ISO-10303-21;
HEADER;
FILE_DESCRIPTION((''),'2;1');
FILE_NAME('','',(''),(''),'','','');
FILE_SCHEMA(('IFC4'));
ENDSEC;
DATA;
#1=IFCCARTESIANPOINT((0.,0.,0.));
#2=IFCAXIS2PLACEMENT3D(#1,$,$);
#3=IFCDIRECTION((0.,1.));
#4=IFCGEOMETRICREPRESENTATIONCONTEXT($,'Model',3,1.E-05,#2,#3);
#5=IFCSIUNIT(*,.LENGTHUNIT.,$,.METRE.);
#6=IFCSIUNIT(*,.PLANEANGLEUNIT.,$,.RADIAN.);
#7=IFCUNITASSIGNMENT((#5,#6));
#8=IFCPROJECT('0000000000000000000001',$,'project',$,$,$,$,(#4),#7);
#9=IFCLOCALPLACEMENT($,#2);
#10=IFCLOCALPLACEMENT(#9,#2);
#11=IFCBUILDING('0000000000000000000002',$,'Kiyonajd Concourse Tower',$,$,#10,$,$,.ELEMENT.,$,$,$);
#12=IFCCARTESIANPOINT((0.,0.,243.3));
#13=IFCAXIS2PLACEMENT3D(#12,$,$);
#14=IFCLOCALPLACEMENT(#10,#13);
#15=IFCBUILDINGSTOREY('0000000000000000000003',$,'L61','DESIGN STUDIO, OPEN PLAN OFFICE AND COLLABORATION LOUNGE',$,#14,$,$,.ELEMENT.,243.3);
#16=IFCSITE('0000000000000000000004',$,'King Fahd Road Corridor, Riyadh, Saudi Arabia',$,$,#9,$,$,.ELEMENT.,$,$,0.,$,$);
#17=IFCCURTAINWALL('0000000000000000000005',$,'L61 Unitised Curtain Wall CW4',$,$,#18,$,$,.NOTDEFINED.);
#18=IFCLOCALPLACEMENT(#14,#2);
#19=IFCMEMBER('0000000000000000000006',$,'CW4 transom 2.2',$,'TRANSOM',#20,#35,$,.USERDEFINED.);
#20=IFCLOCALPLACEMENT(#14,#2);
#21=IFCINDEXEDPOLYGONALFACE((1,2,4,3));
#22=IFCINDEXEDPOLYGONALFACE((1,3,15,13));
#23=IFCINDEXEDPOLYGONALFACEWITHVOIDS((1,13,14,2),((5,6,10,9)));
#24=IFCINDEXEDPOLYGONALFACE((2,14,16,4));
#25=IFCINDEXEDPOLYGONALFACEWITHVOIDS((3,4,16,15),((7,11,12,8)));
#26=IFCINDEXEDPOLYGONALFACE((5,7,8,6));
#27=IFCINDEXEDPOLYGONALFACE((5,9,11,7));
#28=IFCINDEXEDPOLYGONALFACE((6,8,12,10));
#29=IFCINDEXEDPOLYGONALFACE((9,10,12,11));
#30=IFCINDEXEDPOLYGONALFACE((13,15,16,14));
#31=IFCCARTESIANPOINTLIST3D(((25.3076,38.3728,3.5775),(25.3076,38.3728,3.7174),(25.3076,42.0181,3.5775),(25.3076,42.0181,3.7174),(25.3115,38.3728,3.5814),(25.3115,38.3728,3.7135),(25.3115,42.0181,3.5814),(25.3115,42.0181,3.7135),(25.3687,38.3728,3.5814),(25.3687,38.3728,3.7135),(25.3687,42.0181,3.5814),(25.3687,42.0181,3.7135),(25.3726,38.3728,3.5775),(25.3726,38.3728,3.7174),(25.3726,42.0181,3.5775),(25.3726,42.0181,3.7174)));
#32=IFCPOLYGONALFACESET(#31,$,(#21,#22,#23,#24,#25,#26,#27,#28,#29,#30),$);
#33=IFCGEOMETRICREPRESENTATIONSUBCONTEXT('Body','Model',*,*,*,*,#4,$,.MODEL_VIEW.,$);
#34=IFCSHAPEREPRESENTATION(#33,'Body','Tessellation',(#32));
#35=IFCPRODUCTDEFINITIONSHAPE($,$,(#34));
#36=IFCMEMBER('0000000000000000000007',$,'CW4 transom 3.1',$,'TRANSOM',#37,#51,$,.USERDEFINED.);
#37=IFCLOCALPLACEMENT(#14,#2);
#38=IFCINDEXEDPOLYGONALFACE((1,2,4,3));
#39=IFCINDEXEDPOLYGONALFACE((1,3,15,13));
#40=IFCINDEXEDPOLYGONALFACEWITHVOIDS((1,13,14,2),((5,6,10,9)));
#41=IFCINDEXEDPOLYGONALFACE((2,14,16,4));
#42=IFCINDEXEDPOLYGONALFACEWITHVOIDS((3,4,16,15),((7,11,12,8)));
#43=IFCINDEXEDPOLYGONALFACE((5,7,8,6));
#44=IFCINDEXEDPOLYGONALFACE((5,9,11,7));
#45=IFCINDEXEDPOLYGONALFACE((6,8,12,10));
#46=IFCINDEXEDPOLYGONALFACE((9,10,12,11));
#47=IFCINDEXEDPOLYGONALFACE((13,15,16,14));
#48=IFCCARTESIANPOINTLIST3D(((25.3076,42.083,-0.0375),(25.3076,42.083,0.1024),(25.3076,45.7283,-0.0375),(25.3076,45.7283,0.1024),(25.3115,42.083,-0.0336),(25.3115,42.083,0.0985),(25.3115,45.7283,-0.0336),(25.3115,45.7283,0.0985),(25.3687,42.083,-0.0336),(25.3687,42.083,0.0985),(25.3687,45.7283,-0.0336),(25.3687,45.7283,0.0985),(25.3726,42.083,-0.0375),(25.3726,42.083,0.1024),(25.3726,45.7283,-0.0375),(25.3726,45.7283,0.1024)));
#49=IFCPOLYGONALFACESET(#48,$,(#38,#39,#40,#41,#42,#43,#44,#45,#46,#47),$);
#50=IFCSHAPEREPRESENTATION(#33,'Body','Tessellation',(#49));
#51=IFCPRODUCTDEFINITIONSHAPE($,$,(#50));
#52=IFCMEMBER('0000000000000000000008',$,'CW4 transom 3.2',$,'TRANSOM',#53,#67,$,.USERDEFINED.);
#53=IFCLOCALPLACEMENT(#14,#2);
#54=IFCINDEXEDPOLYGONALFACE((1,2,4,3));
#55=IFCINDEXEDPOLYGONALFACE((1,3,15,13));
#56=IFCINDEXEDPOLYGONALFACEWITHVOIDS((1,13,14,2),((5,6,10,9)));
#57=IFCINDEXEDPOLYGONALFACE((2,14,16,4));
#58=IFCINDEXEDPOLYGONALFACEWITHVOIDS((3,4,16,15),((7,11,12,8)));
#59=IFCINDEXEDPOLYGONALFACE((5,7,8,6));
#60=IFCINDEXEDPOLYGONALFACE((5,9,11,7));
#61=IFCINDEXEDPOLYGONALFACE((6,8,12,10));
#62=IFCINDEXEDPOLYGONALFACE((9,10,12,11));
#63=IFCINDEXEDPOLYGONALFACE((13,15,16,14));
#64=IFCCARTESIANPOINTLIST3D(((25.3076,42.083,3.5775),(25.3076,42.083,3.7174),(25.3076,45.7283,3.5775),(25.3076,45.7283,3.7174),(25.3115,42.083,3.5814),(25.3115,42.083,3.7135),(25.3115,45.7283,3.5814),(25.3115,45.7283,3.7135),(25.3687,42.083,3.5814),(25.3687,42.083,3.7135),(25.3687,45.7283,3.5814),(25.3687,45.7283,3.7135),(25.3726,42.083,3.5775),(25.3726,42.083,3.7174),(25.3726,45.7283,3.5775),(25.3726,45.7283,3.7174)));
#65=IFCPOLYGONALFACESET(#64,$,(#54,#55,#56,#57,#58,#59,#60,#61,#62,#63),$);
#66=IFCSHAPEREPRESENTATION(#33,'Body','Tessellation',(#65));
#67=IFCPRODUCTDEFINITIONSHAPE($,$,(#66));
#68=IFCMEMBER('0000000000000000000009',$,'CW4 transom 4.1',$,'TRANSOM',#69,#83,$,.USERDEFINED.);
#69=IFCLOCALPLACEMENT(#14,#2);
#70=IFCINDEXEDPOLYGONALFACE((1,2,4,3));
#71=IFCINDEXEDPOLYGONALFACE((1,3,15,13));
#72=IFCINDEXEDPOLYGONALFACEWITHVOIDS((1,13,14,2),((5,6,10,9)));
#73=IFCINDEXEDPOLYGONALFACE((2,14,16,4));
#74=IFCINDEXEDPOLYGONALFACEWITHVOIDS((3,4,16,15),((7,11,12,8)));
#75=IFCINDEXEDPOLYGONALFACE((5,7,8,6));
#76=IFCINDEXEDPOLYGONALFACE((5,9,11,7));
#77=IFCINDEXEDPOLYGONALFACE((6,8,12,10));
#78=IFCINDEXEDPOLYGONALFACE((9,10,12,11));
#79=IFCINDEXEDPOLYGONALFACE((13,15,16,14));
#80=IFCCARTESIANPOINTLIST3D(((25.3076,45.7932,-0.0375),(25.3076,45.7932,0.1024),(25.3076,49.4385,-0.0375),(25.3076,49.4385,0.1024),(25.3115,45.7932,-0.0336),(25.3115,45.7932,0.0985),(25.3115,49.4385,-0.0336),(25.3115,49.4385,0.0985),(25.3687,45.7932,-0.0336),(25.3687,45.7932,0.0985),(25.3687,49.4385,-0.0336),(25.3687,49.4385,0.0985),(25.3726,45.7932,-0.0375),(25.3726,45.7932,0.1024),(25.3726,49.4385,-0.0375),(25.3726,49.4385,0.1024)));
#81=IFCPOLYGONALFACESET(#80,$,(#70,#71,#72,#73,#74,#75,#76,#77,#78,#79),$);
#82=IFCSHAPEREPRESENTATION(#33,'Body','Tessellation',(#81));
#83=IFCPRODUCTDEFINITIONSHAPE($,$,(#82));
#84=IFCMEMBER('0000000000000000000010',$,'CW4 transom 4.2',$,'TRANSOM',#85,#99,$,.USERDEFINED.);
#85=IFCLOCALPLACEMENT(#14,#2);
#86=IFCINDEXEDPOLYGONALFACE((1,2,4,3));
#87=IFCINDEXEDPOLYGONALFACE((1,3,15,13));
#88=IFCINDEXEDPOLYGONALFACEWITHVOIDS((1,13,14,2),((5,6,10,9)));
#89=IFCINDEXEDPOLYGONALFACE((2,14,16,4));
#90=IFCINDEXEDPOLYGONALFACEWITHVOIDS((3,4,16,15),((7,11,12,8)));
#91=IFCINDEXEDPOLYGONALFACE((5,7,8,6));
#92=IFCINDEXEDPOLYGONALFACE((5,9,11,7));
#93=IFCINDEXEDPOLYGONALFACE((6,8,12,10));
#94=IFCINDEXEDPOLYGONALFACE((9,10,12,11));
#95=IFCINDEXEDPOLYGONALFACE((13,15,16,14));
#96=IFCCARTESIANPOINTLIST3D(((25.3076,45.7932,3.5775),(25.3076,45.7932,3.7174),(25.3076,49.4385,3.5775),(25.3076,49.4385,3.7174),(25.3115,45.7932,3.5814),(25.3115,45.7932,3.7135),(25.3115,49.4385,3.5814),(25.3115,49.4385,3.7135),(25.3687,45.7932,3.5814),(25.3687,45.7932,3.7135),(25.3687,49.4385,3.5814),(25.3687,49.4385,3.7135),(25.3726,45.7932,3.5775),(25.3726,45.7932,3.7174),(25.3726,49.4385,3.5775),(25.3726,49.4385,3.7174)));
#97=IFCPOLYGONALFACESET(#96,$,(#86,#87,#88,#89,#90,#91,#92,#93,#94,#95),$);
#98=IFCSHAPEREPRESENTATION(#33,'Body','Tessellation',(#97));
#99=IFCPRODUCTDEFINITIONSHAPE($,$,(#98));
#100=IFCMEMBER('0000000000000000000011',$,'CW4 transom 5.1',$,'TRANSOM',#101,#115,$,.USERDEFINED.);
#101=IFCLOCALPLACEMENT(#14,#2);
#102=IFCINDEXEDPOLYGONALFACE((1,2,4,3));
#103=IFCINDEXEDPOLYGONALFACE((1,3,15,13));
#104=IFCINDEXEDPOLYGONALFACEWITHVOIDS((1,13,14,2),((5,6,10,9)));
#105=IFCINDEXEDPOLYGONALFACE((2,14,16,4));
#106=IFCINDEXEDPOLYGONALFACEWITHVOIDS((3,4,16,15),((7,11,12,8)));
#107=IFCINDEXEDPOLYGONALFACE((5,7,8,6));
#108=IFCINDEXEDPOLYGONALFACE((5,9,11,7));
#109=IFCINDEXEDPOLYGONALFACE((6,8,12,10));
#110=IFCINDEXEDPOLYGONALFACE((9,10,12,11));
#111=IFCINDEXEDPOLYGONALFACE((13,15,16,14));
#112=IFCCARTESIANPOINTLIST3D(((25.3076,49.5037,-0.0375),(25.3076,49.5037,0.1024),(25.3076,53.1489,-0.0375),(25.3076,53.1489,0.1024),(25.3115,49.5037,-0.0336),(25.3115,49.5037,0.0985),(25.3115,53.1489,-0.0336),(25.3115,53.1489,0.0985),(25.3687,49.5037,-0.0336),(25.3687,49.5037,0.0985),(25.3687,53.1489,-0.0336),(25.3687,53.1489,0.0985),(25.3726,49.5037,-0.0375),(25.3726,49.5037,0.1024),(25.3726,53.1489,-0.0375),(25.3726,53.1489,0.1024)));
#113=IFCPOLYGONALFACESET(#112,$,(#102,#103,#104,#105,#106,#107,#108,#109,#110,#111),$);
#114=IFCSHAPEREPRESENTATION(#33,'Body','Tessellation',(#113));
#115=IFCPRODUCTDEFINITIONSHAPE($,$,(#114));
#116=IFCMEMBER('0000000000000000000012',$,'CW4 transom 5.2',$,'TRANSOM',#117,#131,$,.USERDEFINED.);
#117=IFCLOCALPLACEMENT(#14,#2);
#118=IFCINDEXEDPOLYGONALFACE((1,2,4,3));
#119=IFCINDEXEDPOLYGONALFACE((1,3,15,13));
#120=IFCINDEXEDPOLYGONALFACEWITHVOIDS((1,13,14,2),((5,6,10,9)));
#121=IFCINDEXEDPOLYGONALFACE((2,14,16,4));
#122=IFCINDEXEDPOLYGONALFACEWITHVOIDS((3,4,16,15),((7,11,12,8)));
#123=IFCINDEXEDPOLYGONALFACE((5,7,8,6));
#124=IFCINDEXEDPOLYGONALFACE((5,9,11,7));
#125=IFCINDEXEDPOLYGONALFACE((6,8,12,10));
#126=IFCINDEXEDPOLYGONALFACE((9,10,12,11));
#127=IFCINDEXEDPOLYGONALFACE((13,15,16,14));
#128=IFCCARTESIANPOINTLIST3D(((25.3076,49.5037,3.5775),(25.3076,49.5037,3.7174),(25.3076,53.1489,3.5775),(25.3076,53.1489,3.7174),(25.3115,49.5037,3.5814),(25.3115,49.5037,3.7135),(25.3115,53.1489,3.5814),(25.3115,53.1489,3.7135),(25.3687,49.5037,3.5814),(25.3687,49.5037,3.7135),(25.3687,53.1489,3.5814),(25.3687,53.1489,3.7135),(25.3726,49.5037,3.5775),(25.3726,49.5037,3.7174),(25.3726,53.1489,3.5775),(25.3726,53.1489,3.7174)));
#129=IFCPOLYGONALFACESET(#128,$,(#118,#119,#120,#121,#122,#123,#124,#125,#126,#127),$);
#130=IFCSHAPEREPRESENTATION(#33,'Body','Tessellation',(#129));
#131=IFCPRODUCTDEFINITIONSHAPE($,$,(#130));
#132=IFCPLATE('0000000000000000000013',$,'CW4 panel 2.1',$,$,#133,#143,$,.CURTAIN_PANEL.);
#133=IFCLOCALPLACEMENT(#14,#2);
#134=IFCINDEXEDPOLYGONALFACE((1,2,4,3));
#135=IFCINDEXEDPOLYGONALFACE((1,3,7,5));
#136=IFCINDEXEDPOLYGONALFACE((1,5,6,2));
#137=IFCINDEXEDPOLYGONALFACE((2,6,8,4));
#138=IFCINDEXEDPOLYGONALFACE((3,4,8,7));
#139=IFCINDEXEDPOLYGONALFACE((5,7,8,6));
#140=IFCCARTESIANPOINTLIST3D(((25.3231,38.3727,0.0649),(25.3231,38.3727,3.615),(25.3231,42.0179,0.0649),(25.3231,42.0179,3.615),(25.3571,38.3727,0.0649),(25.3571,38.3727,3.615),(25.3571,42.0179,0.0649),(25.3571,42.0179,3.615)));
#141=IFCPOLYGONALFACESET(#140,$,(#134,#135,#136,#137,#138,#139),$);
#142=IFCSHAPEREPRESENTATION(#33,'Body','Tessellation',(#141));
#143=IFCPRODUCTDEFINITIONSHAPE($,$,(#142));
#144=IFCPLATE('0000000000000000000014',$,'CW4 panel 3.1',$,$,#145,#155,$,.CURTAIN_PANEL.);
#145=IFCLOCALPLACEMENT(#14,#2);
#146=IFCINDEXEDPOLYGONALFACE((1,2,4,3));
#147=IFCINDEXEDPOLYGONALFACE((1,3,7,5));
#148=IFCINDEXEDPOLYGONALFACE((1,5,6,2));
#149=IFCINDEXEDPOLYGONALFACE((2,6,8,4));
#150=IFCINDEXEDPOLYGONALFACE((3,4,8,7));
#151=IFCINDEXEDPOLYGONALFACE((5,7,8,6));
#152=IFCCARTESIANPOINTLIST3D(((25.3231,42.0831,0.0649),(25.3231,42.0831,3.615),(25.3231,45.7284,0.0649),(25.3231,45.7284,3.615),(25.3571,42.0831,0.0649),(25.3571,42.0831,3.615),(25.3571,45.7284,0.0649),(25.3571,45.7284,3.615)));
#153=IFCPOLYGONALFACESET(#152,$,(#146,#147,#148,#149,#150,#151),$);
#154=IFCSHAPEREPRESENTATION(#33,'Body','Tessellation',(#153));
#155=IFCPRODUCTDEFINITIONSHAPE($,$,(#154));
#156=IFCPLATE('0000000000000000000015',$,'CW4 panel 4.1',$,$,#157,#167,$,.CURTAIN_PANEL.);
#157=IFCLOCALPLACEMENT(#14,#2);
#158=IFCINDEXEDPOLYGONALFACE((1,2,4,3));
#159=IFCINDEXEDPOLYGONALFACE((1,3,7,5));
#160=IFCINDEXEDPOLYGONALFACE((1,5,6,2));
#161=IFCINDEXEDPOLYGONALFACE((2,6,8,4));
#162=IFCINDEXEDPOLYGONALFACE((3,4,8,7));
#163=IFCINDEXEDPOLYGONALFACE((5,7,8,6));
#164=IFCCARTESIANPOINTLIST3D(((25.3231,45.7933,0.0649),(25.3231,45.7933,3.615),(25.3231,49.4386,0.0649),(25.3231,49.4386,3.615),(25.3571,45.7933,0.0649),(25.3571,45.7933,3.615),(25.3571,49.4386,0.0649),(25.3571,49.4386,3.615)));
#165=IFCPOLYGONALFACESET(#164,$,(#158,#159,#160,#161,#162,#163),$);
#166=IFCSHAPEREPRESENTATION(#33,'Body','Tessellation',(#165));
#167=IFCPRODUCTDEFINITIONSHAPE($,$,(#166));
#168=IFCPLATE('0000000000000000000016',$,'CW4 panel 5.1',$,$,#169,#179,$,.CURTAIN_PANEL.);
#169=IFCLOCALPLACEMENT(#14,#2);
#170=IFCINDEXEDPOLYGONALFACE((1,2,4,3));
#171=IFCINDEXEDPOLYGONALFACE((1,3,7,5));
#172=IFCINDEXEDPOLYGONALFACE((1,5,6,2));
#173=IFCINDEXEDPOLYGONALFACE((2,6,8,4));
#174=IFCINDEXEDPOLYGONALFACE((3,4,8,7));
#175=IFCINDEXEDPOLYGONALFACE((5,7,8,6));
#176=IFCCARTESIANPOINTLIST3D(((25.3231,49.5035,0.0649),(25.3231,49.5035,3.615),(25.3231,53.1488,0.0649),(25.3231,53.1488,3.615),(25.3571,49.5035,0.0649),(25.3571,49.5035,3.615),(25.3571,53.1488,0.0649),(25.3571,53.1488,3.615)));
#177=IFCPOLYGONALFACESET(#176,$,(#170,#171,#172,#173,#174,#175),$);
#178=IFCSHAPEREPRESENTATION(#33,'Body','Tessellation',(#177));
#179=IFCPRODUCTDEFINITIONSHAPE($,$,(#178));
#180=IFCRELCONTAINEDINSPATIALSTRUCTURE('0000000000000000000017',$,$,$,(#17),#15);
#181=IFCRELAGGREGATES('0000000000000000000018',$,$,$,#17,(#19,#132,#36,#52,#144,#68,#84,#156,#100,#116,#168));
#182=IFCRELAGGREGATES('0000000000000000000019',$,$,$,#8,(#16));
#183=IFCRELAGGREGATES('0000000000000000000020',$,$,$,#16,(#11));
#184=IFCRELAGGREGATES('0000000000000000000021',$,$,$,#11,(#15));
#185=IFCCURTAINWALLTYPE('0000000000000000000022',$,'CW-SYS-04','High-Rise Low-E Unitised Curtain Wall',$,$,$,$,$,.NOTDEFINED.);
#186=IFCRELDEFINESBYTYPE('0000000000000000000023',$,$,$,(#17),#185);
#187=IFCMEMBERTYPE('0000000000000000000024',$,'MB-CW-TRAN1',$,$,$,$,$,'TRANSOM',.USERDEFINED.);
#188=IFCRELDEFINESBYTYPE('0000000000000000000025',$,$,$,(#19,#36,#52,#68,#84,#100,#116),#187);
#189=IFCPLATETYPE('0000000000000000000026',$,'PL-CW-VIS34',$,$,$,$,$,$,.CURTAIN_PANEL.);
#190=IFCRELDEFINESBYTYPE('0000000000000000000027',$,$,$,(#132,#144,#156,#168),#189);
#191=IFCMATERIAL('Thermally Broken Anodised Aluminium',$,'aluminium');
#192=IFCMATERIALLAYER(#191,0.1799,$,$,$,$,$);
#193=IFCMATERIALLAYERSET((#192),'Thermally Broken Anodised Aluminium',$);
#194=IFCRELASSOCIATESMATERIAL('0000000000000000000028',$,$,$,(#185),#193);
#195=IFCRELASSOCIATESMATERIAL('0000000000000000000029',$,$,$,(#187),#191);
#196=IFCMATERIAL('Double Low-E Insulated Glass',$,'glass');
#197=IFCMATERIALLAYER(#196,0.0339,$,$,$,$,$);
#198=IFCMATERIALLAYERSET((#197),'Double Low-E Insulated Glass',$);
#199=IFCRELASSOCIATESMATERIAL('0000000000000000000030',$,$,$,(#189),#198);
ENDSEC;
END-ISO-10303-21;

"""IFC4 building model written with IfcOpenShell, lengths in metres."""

from ifc_helpers import new_model, si_unit, direction, frame, origin, origin_2d, place, context, subcontext, project, spatial, rectangle, hollow_rectangle, extrude, material, layer, layer_set, material_profile, profile_set, type_object, element, aggregate, save


model = new_model("IFC4")

# Units and contexts
model_context = context("Model", 3, precision=1e-05, world=origin(), true_north=direction((0.0, 1.0)))
body_context = subcontext(model_context, "Body", "Model", "MODEL_VIEW")
ifc_project = project(units=[si_unit("LENGTHUNIT", "METRE"), si_unit("PLANEANGLEUNIT", "RADIAN")], contexts=[model_context])

# Site, building, storey
site_placement = place(None, origin())
site = spatial("IfcSite", under=ifc_project, at=site_placement, Name="King Fahd Road Corridor, Riyadh, Saudi Arabia", CompositionType="ELEMENT", RefElevation=0.0)
building_placement = place(site_placement, origin())
building = spatial("IfcBuilding", under=site, at=building_placement, Name="Kiyonajd Concourse Tower", CompositionType="ELEMENT")
storey_placement = place(building_placement, frame((0.0, 0.0, 243.3)))
storey = spatial("IfcBuildingStorey", under=building, at=storey_placement, Name="L61", Description="DESIGN STUDIO, OPEN PLAN OFFICE AND COLLABORATION LOUNGE", CompositionType="ELEMENT", Elevation=243.3)

# Curtain wall, members, plates
ifc_material_1 = material(Name="Thermally Broken Anodised Aluminium", Category="aluminium")
ifc_layer_1 = layer(ifc_material_1, 0.1799)
ifc_layer_set_1 = layer_set([ifc_layer_1], Name="Thermally Broken Anodised Aluminium")
curtain_wall_type = type_object("IfcCurtainWallType", Name="CW-SYS-04", Description="High-Rise Low-E Unitised Curtain Wall", PredefinedType="NOTDEFINED", material=ifc_layer_set_1)
curtain_wall_placement = place(storey_placement, origin())
curtain_wall = element("IfcCurtainWall", 1, at=curtain_wall_placement, inside=storey, type_object=curtain_wall_type, Name="L61 Unitised Curtain Wall CW4", PredefinedType="NOTDEFINED")
ifc_material_profile_1 = material_profile(ifc_material_1, hollow_rectangle(XDim=0.0649, YDim=0.1399, WallThickness=0.0039, at=origin_2d()), Name="TRAN-65x140")
ifc_profile_set_1 = profile_set([ifc_material_profile_1], Name="Thermally Broken Anodised Aluminium")
member_type_1 = type_object("IfcMemberType", Name="MB-CW-TRAN1", ElementType="TRANSOM", PredefinedType="USERDEFINED", material=ifc_profile_set_1)
member_1_placement = place(storey_placement, frame((25.3401, 38.3728, 3.6475), z_axis=(0.0, 1.0, 0.0), x_axis=(-1.0, 0.0, 0.0)))
member_1 = element("IfcMember", 2, at=member_1_placement, type_object=member_type_1, Name="CW4 transom 2.2", ObjectType="TRANSOM", PredefinedType="USERDEFINED", context=body_context, shape_type="SweptSolid", body=[
    extrude(hollow_rectangle(XDim=0.0649, YDim=0.1399, WallThickness=0.0039, at=origin_2d()), origin(), (0.0, 0.0, 1.0), 3.6453),
])
member_2_placement = place(storey_placement, frame((25.3401, 42.083, 0.0325), z_axis=(0.0, 1.0, 0.0), x_axis=(-1.0, 0.0, 0.0)))
member_2 = element("IfcMember", 3, at=member_2_placement, type_object=member_type_1, Name="CW4 transom 3.1", ObjectType="TRANSOM", PredefinedType="USERDEFINED", context=body_context, shape_type="SweptSolid", body=[
    extrude(hollow_rectangle(XDim=0.0649, YDim=0.1399, WallThickness=0.0039, at=origin_2d()), origin(), (0.0, 0.0, 1.0), 3.6453),
])
member_3_placement = place(storey_placement, frame((25.3401, 42.083, 3.6475), z_axis=(0.0, 1.0, 0.0), x_axis=(-1.0, 0.0, 0.0)))
member_3 = element("IfcMember", 4, at=member_3_placement, type_object=member_type_1, Name="CW4 transom 3.2", ObjectType="TRANSOM", PredefinedType="USERDEFINED", context=body_context, shape_type="SweptSolid", body=[
    extrude(hollow_rectangle(XDim=0.0649, YDim=0.1399, WallThickness=0.0039, at=origin_2d()), origin(), (0.0, 0.0, 1.0), 3.6453),
])
member_4_placement = place(storey_placement, frame((25.3401, 45.7932, 0.0325), z_axis=(0.0, 1.0, 0.0), x_axis=(-1.0, 0.0, 0.0)))
member_4 = element("IfcMember", 5, at=member_4_placement, type_object=member_type_1, Name="CW4 transom 4.1", ObjectType="TRANSOM", PredefinedType="USERDEFINED", context=body_context, shape_type="SweptSolid", body=[
    extrude(hollow_rectangle(XDim=0.0649, YDim=0.1399, WallThickness=0.0039, at=origin_2d()), origin(), (0.0, 0.0, 1.0), 3.6453),
])
member_5_placement = place(storey_placement, frame((25.3401, 45.7932, 3.6475), z_axis=(0.0, 1.0, 0.0), x_axis=(-1.0, 0.0, 0.0)))
member_5 = element("IfcMember", 6, at=member_5_placement, type_object=member_type_1, Name="CW4 transom 4.2", ObjectType="TRANSOM", PredefinedType="USERDEFINED", context=body_context, shape_type="SweptSolid", body=[
    extrude(hollow_rectangle(XDim=0.0649, YDim=0.1399, WallThickness=0.0039, at=origin_2d()), origin(), (0.0, 0.0, 1.0), 3.6453),
])
member_6_placement = place(storey_placement, frame((25.3401, 49.5037, 0.0325), z_axis=(0.0, 1.0, 0.0), x_axis=(-1.0, 0.0, 0.0)))
member_6 = element("IfcMember", 7, at=member_6_placement, type_object=member_type_1, Name="CW4 transom 5.1", ObjectType="TRANSOM", PredefinedType="USERDEFINED", context=body_context, shape_type="SweptSolid", body=[
    extrude(hollow_rectangle(XDim=0.0649, YDim=0.1399, WallThickness=0.0039, at=origin_2d()), origin(), (0.0, 0.0, 1.0), 3.6453),
])
member_7_placement = place(storey_placement, frame((25.3401, 49.5037, 3.6475), z_axis=(0.0, 1.0, 0.0), x_axis=(-1.0, 0.0, 0.0)))
member_7 = element("IfcMember", 8, at=member_7_placement, type_object=member_type_1, Name="CW4 transom 5.2", ObjectType="TRANSOM", PredefinedType="USERDEFINED", context=body_context, shape_type="SweptSolid", body=[
    extrude(hollow_rectangle(XDim=0.0649, YDim=0.1399, WallThickness=0.0039, at=origin_2d()), origin(), (0.0, 0.0, 1.0), 3.6453),
])
ifc_material_2 = material(Name="Double Low-E Insulated Glass", Category="glass")
ifc_layer_2 = layer(ifc_material_2, 0.0339)
ifc_layer_set_2 = layer_set([ifc_layer_2], Name="Double Low-E Insulated Glass")
plate_type = type_object("IfcPlateType", Name="PL-CW-VIS34", PredefinedType="CURTAIN_PANEL", material=ifc_layer_set_2)
plate_1_placement = place(storey_placement, frame((25.3401, 40.1953, 0.0649), z_axis=(0.0, 0.0, 1.0), x_axis=(0.0, 1.0, 0.0)))
plate_1 = element("IfcPlate", 9, at=plate_1_placement, type_object=plate_type, Name="CW4 panel 2.1", PredefinedType="CURTAIN_PANEL", context=body_context, shape_type="SweptSolid", body=[
    extrude(rectangle(XDim=3.6453, YDim=0.0339, at=origin_2d()), origin(), (0.0, 0.0, 1.0), 3.55),
])
plate_2_placement = place(storey_placement, frame((25.3401, 43.9058, 0.0649), z_axis=(0.0, 0.0, 1.0), x_axis=(0.0, 1.0, 0.0)))
plate_2 = element("IfcPlate", 10, at=plate_2_placement, type_object=plate_type, Name="CW4 panel 3.1", PredefinedType="CURTAIN_PANEL", context=body_context, shape_type="SweptSolid", body=[
    extrude(rectangle(XDim=3.6453, YDim=0.0339, at=origin_2d()), origin(), (0.0, 0.0, 1.0), 3.55),
])
plate_3_placement = place(storey_placement, frame((25.3401, 47.616, 0.0649), z_axis=(0.0, 0.0, 1.0), x_axis=(0.0, 1.0, 0.0)))
plate_3 = element("IfcPlate", 11, at=plate_3_placement, type_object=plate_type, Name="CW4 panel 4.1", PredefinedType="CURTAIN_PANEL", context=body_context, shape_type="SweptSolid", body=[
    extrude(rectangle(XDim=3.6453, YDim=0.0339, at=origin_2d()), origin(), (0.0, 0.0, 1.0), 3.55),
])
plate_4_placement = place(storey_placement, frame((25.3401, 51.3262, 0.0649), z_axis=(0.0, 0.0, 1.0), x_axis=(0.0, 1.0, 0.0)))
plate_4 = element("IfcPlate", 12, at=plate_4_placement, type_object=plate_type, Name="CW4 panel 5.1", PredefinedType="CURTAIN_PANEL", context=body_context, shape_type="SweptSolid", body=[
    extrude(rectangle(XDim=3.6453, YDim=0.0339, at=origin_2d()), origin(), (0.0, 0.0, 1.0), 3.55),
])
aggregate(curtain_wall, [member_1, plate_1, member_2, member_3, plate_2, member_4, member_5, plate_3, member_6, member_7, plate_4])

save(model, "model.ifc")
